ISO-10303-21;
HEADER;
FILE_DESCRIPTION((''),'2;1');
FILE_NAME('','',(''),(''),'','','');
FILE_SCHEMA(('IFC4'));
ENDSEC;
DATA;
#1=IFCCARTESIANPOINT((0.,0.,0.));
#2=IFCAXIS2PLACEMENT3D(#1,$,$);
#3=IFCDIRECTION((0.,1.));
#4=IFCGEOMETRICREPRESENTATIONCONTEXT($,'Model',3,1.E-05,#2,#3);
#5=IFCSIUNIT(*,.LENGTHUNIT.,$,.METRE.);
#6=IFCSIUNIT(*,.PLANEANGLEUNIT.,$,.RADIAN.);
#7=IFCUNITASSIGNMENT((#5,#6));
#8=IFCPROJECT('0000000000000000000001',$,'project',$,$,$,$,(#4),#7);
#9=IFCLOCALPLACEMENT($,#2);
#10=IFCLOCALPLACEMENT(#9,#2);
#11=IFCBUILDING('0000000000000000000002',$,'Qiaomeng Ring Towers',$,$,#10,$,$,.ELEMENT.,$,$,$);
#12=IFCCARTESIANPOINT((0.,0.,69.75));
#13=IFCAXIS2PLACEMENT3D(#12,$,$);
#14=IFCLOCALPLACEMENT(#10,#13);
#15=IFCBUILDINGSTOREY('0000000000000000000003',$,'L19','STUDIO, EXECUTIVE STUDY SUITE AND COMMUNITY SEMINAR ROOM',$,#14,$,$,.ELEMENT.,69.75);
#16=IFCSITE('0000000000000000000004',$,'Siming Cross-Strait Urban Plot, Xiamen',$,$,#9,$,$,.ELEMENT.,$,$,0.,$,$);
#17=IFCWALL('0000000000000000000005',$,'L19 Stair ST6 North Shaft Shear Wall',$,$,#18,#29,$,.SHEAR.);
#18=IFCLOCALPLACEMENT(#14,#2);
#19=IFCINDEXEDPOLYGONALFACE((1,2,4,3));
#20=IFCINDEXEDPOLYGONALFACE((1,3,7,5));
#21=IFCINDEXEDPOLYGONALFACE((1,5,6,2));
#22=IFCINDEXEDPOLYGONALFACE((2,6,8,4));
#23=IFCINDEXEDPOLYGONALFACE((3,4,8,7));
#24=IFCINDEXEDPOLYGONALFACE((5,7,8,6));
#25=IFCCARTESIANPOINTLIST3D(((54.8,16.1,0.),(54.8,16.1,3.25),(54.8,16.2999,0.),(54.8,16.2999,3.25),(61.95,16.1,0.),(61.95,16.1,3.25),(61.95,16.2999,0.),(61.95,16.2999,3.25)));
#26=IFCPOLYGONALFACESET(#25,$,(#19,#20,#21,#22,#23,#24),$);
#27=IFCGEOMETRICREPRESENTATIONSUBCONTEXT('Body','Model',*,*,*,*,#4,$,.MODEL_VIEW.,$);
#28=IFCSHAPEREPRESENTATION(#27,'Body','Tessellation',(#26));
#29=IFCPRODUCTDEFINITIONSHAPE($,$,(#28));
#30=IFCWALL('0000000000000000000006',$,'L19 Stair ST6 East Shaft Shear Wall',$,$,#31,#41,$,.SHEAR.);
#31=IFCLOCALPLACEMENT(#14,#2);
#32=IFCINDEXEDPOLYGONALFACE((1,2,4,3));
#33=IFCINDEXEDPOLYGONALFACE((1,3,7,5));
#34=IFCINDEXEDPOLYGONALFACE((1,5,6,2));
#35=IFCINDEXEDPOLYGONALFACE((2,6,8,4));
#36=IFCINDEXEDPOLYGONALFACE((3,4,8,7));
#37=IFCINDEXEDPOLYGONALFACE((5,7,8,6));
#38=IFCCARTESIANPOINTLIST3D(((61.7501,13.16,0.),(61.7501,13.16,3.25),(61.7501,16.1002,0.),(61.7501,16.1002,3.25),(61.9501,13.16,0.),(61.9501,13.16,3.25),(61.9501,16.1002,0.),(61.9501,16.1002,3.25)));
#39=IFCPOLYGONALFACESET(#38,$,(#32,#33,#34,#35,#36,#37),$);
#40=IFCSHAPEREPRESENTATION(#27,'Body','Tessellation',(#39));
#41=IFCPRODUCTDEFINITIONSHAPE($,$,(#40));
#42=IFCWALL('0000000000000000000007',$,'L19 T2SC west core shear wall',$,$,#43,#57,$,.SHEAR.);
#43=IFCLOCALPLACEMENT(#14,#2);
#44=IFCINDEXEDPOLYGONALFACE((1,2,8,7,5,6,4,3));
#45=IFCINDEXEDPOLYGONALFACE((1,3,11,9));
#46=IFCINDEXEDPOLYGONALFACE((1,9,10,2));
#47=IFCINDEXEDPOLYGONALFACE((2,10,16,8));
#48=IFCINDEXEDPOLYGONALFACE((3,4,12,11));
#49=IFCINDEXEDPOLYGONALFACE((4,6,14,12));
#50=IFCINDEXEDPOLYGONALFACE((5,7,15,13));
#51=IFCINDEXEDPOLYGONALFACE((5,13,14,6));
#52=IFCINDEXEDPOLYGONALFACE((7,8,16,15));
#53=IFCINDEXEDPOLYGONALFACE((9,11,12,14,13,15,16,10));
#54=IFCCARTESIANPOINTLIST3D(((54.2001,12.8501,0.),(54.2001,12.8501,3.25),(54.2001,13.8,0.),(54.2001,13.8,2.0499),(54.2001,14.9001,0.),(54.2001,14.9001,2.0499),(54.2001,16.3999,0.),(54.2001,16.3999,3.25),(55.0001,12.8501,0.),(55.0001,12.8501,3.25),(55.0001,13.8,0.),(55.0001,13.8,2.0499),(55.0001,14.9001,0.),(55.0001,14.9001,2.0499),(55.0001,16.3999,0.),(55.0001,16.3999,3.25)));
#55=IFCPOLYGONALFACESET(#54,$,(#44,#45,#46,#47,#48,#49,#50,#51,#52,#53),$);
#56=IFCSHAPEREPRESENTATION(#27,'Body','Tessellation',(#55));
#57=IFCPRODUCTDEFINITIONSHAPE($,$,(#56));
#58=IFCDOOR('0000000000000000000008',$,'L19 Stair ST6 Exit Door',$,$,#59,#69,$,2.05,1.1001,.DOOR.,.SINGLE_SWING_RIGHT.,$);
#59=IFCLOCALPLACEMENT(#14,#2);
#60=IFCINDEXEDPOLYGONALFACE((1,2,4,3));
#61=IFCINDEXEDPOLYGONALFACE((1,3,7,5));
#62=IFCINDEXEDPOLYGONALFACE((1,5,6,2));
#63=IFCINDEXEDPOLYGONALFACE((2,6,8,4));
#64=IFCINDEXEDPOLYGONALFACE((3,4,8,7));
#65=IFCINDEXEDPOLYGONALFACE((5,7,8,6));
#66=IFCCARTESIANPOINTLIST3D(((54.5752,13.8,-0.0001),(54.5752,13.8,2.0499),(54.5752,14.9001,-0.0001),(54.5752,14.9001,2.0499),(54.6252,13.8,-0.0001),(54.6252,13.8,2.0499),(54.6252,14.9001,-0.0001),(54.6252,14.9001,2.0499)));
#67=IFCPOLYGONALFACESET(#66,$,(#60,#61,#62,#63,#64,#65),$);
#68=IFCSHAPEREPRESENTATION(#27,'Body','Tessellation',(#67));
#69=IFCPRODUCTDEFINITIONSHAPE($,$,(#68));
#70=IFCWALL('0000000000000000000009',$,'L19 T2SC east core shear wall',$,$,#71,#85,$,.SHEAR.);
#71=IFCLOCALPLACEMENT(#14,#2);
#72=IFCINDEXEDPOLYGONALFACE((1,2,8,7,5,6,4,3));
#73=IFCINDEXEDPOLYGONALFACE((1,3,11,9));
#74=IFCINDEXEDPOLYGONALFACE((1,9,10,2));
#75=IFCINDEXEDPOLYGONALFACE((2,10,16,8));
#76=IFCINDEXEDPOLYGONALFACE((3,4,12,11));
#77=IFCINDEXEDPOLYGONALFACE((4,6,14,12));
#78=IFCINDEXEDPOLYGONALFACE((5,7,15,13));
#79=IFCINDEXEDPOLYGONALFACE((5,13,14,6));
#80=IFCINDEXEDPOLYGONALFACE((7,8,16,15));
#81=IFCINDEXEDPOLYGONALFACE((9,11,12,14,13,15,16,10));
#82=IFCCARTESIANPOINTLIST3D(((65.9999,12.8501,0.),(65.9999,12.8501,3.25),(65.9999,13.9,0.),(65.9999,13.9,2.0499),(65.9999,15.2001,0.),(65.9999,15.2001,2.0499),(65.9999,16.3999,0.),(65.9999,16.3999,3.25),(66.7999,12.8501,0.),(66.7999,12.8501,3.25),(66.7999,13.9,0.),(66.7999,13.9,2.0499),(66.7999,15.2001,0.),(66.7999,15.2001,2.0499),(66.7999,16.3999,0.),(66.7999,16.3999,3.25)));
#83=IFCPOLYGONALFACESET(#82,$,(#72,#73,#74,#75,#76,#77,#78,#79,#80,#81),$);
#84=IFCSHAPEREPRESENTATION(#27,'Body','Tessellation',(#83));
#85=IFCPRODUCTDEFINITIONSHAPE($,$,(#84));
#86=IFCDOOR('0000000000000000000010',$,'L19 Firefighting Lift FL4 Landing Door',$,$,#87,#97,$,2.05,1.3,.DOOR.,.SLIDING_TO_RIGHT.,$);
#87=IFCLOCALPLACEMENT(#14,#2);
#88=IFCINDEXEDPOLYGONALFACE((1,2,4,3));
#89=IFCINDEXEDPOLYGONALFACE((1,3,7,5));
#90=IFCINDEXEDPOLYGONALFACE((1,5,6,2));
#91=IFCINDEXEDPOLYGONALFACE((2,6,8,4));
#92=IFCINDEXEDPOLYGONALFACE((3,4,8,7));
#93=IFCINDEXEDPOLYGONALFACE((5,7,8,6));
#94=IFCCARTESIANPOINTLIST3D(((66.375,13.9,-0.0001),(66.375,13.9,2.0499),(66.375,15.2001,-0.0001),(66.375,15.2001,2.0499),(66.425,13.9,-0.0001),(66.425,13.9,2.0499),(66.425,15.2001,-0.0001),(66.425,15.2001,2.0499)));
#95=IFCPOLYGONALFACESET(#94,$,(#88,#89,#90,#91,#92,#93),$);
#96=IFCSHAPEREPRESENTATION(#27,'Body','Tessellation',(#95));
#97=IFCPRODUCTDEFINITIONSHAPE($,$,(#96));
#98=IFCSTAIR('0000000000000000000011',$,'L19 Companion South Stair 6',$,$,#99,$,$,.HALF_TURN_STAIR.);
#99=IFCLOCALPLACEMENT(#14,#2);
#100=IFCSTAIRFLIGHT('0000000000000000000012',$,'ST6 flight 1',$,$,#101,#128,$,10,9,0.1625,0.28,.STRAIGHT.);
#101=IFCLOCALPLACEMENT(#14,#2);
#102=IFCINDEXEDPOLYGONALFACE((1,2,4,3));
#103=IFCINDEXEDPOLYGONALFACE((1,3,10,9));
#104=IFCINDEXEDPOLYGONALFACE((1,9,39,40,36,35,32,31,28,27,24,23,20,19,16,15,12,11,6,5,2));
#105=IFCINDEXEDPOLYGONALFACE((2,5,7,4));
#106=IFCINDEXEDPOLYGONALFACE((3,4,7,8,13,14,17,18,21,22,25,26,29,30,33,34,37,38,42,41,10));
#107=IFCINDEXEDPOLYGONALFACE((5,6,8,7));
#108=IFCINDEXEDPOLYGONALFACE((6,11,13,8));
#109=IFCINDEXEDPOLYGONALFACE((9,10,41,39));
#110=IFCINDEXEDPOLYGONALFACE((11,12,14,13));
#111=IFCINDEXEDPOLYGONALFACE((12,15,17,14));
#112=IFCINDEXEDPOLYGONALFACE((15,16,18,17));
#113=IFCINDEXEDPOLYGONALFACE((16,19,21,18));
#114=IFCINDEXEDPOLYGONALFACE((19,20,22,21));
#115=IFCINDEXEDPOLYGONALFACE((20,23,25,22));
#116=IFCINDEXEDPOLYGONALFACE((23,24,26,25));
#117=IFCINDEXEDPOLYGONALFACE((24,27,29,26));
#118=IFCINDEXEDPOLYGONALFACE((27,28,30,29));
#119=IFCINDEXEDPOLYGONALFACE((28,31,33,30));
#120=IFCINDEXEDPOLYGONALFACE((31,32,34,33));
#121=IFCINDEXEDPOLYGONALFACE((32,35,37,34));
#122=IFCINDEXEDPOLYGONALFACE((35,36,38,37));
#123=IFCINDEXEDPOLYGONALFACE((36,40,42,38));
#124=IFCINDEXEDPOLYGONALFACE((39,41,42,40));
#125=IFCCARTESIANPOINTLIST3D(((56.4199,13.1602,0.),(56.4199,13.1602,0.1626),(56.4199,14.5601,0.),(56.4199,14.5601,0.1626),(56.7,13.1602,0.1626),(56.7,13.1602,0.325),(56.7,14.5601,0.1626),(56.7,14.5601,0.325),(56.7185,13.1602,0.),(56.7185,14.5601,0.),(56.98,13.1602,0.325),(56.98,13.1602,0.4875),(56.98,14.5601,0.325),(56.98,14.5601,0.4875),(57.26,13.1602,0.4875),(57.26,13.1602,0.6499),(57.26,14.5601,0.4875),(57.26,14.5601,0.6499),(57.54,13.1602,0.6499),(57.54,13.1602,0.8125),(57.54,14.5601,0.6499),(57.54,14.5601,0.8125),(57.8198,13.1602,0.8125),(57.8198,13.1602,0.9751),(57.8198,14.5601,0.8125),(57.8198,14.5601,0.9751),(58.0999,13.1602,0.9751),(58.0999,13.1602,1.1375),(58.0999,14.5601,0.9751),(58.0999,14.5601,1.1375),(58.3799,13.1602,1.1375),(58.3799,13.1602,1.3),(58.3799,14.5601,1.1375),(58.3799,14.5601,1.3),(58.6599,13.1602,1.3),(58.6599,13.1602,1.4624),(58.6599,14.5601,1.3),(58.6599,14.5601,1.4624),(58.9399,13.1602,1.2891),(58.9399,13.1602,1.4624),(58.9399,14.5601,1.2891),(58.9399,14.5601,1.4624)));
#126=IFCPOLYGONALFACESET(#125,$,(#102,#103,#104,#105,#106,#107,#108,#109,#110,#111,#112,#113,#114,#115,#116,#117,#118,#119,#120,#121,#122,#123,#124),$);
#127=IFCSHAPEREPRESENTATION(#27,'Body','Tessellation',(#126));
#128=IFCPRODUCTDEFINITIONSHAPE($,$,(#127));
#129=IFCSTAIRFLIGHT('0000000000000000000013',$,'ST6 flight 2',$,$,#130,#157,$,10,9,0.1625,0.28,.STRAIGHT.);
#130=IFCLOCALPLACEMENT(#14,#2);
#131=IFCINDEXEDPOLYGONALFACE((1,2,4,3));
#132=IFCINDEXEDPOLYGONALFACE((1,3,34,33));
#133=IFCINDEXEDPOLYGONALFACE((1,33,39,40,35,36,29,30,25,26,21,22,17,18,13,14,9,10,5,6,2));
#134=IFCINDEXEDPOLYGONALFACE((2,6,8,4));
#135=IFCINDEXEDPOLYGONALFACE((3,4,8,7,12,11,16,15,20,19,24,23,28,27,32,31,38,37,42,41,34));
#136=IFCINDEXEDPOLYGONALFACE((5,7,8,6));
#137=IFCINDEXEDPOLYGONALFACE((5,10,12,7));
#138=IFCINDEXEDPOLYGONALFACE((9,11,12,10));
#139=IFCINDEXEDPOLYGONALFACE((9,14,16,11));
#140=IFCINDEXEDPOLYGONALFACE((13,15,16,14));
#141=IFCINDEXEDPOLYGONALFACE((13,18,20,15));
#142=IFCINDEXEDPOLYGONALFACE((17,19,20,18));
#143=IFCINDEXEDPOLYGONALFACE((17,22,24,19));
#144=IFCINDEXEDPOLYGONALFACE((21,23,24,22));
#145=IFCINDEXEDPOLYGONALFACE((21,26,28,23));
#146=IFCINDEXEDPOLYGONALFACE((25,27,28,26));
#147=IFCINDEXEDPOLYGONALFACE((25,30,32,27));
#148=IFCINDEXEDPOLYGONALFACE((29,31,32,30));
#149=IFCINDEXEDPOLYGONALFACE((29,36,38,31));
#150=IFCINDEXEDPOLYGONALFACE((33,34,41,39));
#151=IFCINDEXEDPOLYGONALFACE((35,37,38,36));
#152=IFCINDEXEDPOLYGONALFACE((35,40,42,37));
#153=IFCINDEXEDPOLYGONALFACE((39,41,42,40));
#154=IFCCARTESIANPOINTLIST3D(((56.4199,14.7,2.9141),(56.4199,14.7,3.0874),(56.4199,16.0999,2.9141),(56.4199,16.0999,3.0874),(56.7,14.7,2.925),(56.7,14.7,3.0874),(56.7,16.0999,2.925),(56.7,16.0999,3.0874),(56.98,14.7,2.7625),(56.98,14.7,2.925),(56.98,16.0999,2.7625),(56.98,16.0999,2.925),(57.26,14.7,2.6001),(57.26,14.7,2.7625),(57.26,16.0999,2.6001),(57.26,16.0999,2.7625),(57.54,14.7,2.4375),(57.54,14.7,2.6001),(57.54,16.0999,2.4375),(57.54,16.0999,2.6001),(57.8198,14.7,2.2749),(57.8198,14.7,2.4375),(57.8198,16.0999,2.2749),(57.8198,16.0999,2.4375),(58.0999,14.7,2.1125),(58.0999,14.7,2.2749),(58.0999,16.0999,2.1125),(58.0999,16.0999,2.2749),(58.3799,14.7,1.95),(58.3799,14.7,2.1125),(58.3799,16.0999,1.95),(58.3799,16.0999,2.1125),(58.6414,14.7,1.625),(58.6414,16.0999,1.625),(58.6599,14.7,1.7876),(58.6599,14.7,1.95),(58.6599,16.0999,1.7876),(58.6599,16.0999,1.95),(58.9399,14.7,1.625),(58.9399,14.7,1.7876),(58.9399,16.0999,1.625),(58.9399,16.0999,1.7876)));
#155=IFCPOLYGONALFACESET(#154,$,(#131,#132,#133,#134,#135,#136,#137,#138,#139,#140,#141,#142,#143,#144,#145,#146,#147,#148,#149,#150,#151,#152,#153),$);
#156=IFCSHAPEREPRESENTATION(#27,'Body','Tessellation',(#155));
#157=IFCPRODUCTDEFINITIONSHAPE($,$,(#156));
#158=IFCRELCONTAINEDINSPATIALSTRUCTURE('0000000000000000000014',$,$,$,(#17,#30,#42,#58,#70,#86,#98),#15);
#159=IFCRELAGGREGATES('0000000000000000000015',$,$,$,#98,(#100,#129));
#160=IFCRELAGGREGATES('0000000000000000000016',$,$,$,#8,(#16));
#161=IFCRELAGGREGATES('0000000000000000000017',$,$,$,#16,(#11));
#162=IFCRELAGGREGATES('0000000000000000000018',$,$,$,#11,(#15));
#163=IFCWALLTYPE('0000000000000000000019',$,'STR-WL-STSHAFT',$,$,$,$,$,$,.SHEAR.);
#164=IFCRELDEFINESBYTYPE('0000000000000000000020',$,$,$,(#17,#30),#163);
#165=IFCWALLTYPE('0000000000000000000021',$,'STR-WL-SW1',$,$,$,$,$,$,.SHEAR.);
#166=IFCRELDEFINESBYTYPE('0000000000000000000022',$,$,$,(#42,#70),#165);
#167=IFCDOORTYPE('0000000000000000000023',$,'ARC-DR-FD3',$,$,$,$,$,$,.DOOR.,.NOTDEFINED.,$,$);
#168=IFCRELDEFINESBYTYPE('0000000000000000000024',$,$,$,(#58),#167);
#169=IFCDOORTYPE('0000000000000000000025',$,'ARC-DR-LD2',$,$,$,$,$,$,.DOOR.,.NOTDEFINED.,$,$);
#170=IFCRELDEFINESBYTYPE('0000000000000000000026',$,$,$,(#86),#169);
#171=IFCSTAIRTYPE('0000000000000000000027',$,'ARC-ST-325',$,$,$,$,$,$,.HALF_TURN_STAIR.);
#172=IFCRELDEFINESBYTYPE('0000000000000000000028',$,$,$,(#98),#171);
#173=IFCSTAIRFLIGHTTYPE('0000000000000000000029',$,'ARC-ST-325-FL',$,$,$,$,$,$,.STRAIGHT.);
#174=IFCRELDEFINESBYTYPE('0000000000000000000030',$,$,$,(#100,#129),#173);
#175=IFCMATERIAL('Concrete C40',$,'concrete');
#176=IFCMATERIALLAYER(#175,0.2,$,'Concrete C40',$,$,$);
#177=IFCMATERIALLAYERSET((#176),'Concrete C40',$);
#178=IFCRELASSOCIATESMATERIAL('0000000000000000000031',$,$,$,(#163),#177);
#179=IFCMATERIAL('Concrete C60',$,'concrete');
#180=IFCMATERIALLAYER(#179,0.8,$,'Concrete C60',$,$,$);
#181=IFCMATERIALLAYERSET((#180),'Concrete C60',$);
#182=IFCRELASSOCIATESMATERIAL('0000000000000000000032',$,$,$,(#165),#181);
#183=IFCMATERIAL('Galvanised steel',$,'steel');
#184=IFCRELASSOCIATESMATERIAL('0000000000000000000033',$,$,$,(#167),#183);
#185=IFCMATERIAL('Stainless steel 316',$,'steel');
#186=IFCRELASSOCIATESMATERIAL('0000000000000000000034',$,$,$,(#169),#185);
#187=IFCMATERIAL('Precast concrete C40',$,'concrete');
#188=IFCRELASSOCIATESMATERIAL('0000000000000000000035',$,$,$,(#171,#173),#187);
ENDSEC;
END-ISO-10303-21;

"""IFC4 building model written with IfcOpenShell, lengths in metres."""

from ifc_helpers import new_model, si_unit, direction, frame, frame_2d, origin, place, context, subcontext, project, spatial, polyline, rectangle, outline, extrude, source, transform, mapped, material, layer, layer_set, type_object, element, fill, aggregate, save


model = new_model("IFC4")

# Units and contexts
model_context = context("Model", 3, precision=1e-05, world=origin(), true_north=direction((0.0, 1.0)))
body_context = subcontext(model_context, "Body", "Model", "MODEL_VIEW")
ifc_project = project(units=[si_unit("LENGTHUNIT", "METRE"), si_unit("PLANEANGLEUNIT", "RADIAN")], contexts=[model_context])

# Site, building, storey
site_placement = place(None, origin())
site = spatial("IfcSite", under=ifc_project, at=site_placement, Name="Siming Cross-Strait Urban Plot, Xiamen", CompositionType="ELEMENT", RefElevation=0.0)
building_placement = place(site_placement, origin())
building = spatial("IfcBuilding", under=site, at=building_placement, Name="Qiaomeng Ring Towers", CompositionType="ELEMENT")
storey_placement = place(building_placement, frame((0.0, 0.0, 69.75)))
storey = spatial("IfcBuildingStorey", under=building, at=storey_placement, Name="L19", Description="STUDIO, EXECUTIVE STUDY SUITE AND COMMUNITY SEMINAR ROOM", CompositionType="ELEMENT", Elevation=69.75)

# Walls
ifc_material_1 = material(Name="Concrete C40", Category="concrete")
ifc_layer_1 = layer(ifc_material_1, 0.2, Name="Concrete C40")
ifc_layer_set_1 = layer_set([ifc_layer_1], Name="Concrete C40")
wall_type_1 = type_object("IfcWallType", Name="STR-WL-STSHAFT", PredefinedType="SHEAR", material=ifc_layer_set_1)
for number, where, z_axis, x_axis, name in (
    (1, (54.8, 16.2, 0.0), (0.0, 0.0, 1.0), (1.0, 0.0, 0.0), "L19 Stair ST6 North Shaft Shear Wall"),
):
    element("IfcWall", number, at=place(storey_placement, frame(where, z_axis=z_axis, x_axis=x_axis)), inside=storey, type_object=wall_type_1, Name=name, PredefinedType="SHEAR", context=body_context, shape_type="SweptSolid", body=[
        extrude(rectangle(XDim=7.1499, YDim=0.2, at=frame_2d((3.575, 0.0))), origin(), (0.0, 0.0, 1.0), 3.25),
    ])
wall_1_placement = place(storey_placement, frame((61.8501, 13.1599, 0.0), z_axis=(0.0, 0.0, 1.0), x_axis=(0.0, 1.0, 0.0)))
element("IfcWall", 2, at=wall_1_placement, inside=storey, type_object=wall_type_1, Name="L19 Stair ST6 East Shaft Shear Wall", PredefinedType="SHEAR", context=body_context, shape_type="SweptSolid", body=[
    extrude(rectangle(XDim=2.9402, YDim=0.2, at=frame_2d((1.4702, 0.0))), origin(), (0.0, 0.0, 1.0), 3.25),
])

# Walls, openings, doors
ifc_material_2 = material(Name="Concrete C60", Category="concrete")
ifc_layer_2 = layer(ifc_material_2, 0.8, Name="Concrete C60")
ifc_layer_set_2 = layer_set([ifc_layer_2], Name="Concrete C60")
wall_type_2 = type_object("IfcWallType", Name="STR-WL-SW1", PredefinedType="SHEAR", material=ifc_layer_set_2)
wall_2_placement = place(storey_placement, frame((54.6001, 12.8501, 0.0), z_axis=(0.0, 0.0, 1.0), x_axis=(0.0, 1.0, 0.0)))
wall_2 = element("IfcWall", 3, at=wall_2_placement, inside=storey, type_object=wall_type_2, Name="L19 T2SC west core shear wall", PredefinedType="SHEAR", context=body_context, shape_type="SweptSolid", body=[
    extrude(rectangle(XDim=3.5498, YDim=0.8, at=frame_2d((1.7749, 0.0))), origin(), (0.0, 0.0, 1.0), 3.25),
])
opening_1_placement = place(wall_2_placement, frame((0.95, 0.0, 0.0)))
opening_1 = element("IfcOpeningElement", 4, at=opening_1_placement, cuts=wall_2, PredefinedType="OPENING", context=body_context, shape_type="SweptSolid", body=[
    extrude(rectangle(XDim=1.1001, YDim=2.05, at=frame_2d((0.55, 1.0249))), frame((0.0, 0.4099, 0.0), z_axis=(0.0, -1.0, 0.0), x_axis=(1.0, 0.0, 0.0)), (0.0, 0.0, 1.0), 0.8201),
])
ifc_material_3 = material(Name="Galvanised steel", Category="steel")
door_type_1 = type_object("IfcDoorType", Name="ARC-DR-FD3", OperationType="NOTDEFINED", PredefinedType="DOOR", material=ifc_material_3)
shared_shape_1 = source(origin(), body_context, "Body", "SweptSolid", [
    extrude(rectangle(XDim=1.1001, YDim=2.05, at=frame_2d((0.55, 1.0249))), frame((0.0, 0.0249, 0.0), z_axis=(0.0, -1.0, 0.0), x_axis=(1.0, 0.0, 0.0)), (0.0, 0.0, 1.0), 0.05),
])
door_1_placement = place(opening_1_placement, origin())
door_1 = element("IfcDoor", 5, at=door_1_placement, inside=storey, type_object=door_type_1, Name="L19 Stair ST6 Exit Door", OperationType="SINGLE_SWING_RIGHT", OverallHeight=2.05, OverallWidth=1.1001, PredefinedType="DOOR", context=body_context, shape_type="MappedRepresentation", body=[
    mapped(shared_shape_1, transform((0.0, 0.0, 0.0), x_axis=(1.0, 0.0, 0.0), y_axis=(0.0, 1.0, 0.0), z_axis=(0.0, 0.0, 1.0), scale=1.0)),
])
fill(opening_1, door_1)
wall_3_placement = place(storey_placement, frame((66.3999, 12.8501, 0.0), z_axis=(0.0, 0.0, 1.0), x_axis=(0.0, 1.0, 0.0)))
wall_3 = element("IfcWall", 6, at=wall_3_placement, inside=storey, type_object=wall_type_2, Name="L19 T2SC east core shear wall", PredefinedType="SHEAR", context=body_context, shape_type="SweptSolid", body=[
    extrude(rectangle(XDim=3.5498, YDim=0.8, at=frame_2d((1.7749, 0.0))), origin(), (0.0, 0.0, 1.0), 3.25),
])
opening_2_placement = place(wall_3_placement, frame((1.05, 0.0, 0.0)))
opening_2 = element("IfcOpeningElement", 7, at=opening_2_placement, cuts=wall_3, PredefinedType="OPENING", context=body_context, shape_type="SweptSolid", body=[
    extrude(rectangle(XDim=1.3, YDim=2.05, at=frame_2d((0.6499, 1.0249))), frame((0.0, 0.4099, 0.0), z_axis=(0.0, -1.0, 0.0), x_axis=(1.0, 0.0, 0.0)), (0.0, 0.0, 1.0), 0.8201),
])
ifc_material_4 = material(Name="Stainless steel 316", Category="steel")
door_type_2 = type_object("IfcDoorType", Name="ARC-DR-LD2", OperationType="NOTDEFINED", PredefinedType="DOOR", material=ifc_material_4)
shared_shape_2 = source(origin(), body_context, "Body", "SweptSolid", [
    extrude(rectangle(XDim=1.3, YDim=2.05, at=frame_2d((0.6499, 1.0249))), frame((0.0, 0.0249, 0.0), z_axis=(0.0, -1.0, 0.0), x_axis=(1.0, 0.0, 0.0)), (0.0, 0.0, 1.0), 0.05),
])
door_2_placement = place(opening_2_placement, origin())
door_2 = element("IfcDoor", 8, at=door_2_placement, inside=storey, type_object=door_type_2, Name="L19 Firefighting Lift FL4 Landing Door", OperationType="SLIDING_TO_RIGHT", OverallHeight=2.05, OverallWidth=1.3, PredefinedType="DOOR", context=body_context, shape_type="MappedRepresentation", body=[
    mapped(shared_shape_2, transform((0.0, 0.0, 0.0), x_axis=(1.0, 0.0, 0.0), y_axis=(0.0, 1.0, 0.0), z_axis=(0.0, 0.0, 1.0), scale=1.0)),
])
fill(opening_2, door_2)

# Stair, stair flights
ifc_material_5 = material(Name="Precast concrete C40", Category="concrete")
stair_type = type_object("IfcStairType", Name="ARC-ST-325", PredefinedType="HALF_TURN_STAIR", material=ifc_material_5)
stair_placement = place(storey_placement, origin())
stair = element("IfcStair", 9, at=stair_placement, inside=storey, type_object=stair_type, Name="L19 Companion South Stair 6", PredefinedType="HALF_TURN_STAIR")
stair_flight_type = type_object("IfcStairFlightType", Name="ARC-ST-325-FL", PredefinedType="STRAIGHT", material=ifc_material_5)
shared_shape_3 = source(origin(), body_context, "Body", "SweptSolid", [
    extrude(outline(polyline([(0.0, 0.0), (0.0, 0.1626), (0.28, 0.1626), (0.28, 0.325), (0.5601, 0.325), (0.5601, 0.4875), (0.8401, 0.4875), (0.8401, 0.6499), (1.1201, 0.6499), (1.1201, 0.8125), (1.3999, 0.8125), (1.3999, 0.9751), (1.6799, 0.9751), (1.6799, 1.1375), (1.96, 1.1375), (1.96, 1.3), (2.24, 1.3), (2.24, 1.4624), (2.52, 1.4624), (2.52, 1.625), (2.52, 1.2891), (0.2986, 0.0), (0.0, 0.0)])), frame((0.0, 0.7, 0.0), z_axis=(0.0, -1.0, 0.0), x_axis=(1.0, 0.0, 0.0)), (0.0, 0.0, 1.0), 1.3999),
])
stair_flight_1_placement = place(storey_placement, frame((56.4199, 13.8601, 0.0), z_axis=(0.0, 0.0, 1.0), x_axis=(1.0, 0.0, 0.0)))
stair_flight_1 = element("IfcStairFlight", 10, at=stair_flight_1_placement, type_object=stair_flight_type, Name="ST6 flight 1", NumberOfRisers=10, NumberOfTreads=9, PredefinedType="STRAIGHT", RiserHeight=0.1625, TreadLength=0.28, context=body_context, shape_type="MappedRepresentation", body=[
    mapped(shared_shape_3, transform((0.0, 0.0, 0.0), x_axis=(1.0, 0.0, 0.0), y_axis=(0.0, 1.0, 0.0), z_axis=(0.0, 0.0, 1.0), scale=1.0)),
])
stair_flight_2_placement = place(storey_placement, frame((58.9399, 15.3999, 1.625), z_axis=(0.0, 0.0, 1.0), x_axis=(-1.0, 0.0, 0.0)))
stair_flight_2 = element("IfcStairFlight", 11, at=stair_flight_2_placement, type_object=stair_flight_type, Name="ST6 flight 2", NumberOfRisers=10, NumberOfTreads=9, PredefinedType="STRAIGHT", RiserHeight=0.1625, TreadLength=0.28, context=body_context, shape_type="MappedRepresentation", body=[
    mapped(shared_shape_3, transform((0.0, 0.0, 0.0), x_axis=(1.0, 0.0, 0.0), y_axis=(0.0, 1.0, 0.0), z_axis=(0.0, 0.0, 1.0), scale=1.0)),
])
aggregate(stair, [stair_flight_1, stair_flight_2])

save(model, "model.ifc")
